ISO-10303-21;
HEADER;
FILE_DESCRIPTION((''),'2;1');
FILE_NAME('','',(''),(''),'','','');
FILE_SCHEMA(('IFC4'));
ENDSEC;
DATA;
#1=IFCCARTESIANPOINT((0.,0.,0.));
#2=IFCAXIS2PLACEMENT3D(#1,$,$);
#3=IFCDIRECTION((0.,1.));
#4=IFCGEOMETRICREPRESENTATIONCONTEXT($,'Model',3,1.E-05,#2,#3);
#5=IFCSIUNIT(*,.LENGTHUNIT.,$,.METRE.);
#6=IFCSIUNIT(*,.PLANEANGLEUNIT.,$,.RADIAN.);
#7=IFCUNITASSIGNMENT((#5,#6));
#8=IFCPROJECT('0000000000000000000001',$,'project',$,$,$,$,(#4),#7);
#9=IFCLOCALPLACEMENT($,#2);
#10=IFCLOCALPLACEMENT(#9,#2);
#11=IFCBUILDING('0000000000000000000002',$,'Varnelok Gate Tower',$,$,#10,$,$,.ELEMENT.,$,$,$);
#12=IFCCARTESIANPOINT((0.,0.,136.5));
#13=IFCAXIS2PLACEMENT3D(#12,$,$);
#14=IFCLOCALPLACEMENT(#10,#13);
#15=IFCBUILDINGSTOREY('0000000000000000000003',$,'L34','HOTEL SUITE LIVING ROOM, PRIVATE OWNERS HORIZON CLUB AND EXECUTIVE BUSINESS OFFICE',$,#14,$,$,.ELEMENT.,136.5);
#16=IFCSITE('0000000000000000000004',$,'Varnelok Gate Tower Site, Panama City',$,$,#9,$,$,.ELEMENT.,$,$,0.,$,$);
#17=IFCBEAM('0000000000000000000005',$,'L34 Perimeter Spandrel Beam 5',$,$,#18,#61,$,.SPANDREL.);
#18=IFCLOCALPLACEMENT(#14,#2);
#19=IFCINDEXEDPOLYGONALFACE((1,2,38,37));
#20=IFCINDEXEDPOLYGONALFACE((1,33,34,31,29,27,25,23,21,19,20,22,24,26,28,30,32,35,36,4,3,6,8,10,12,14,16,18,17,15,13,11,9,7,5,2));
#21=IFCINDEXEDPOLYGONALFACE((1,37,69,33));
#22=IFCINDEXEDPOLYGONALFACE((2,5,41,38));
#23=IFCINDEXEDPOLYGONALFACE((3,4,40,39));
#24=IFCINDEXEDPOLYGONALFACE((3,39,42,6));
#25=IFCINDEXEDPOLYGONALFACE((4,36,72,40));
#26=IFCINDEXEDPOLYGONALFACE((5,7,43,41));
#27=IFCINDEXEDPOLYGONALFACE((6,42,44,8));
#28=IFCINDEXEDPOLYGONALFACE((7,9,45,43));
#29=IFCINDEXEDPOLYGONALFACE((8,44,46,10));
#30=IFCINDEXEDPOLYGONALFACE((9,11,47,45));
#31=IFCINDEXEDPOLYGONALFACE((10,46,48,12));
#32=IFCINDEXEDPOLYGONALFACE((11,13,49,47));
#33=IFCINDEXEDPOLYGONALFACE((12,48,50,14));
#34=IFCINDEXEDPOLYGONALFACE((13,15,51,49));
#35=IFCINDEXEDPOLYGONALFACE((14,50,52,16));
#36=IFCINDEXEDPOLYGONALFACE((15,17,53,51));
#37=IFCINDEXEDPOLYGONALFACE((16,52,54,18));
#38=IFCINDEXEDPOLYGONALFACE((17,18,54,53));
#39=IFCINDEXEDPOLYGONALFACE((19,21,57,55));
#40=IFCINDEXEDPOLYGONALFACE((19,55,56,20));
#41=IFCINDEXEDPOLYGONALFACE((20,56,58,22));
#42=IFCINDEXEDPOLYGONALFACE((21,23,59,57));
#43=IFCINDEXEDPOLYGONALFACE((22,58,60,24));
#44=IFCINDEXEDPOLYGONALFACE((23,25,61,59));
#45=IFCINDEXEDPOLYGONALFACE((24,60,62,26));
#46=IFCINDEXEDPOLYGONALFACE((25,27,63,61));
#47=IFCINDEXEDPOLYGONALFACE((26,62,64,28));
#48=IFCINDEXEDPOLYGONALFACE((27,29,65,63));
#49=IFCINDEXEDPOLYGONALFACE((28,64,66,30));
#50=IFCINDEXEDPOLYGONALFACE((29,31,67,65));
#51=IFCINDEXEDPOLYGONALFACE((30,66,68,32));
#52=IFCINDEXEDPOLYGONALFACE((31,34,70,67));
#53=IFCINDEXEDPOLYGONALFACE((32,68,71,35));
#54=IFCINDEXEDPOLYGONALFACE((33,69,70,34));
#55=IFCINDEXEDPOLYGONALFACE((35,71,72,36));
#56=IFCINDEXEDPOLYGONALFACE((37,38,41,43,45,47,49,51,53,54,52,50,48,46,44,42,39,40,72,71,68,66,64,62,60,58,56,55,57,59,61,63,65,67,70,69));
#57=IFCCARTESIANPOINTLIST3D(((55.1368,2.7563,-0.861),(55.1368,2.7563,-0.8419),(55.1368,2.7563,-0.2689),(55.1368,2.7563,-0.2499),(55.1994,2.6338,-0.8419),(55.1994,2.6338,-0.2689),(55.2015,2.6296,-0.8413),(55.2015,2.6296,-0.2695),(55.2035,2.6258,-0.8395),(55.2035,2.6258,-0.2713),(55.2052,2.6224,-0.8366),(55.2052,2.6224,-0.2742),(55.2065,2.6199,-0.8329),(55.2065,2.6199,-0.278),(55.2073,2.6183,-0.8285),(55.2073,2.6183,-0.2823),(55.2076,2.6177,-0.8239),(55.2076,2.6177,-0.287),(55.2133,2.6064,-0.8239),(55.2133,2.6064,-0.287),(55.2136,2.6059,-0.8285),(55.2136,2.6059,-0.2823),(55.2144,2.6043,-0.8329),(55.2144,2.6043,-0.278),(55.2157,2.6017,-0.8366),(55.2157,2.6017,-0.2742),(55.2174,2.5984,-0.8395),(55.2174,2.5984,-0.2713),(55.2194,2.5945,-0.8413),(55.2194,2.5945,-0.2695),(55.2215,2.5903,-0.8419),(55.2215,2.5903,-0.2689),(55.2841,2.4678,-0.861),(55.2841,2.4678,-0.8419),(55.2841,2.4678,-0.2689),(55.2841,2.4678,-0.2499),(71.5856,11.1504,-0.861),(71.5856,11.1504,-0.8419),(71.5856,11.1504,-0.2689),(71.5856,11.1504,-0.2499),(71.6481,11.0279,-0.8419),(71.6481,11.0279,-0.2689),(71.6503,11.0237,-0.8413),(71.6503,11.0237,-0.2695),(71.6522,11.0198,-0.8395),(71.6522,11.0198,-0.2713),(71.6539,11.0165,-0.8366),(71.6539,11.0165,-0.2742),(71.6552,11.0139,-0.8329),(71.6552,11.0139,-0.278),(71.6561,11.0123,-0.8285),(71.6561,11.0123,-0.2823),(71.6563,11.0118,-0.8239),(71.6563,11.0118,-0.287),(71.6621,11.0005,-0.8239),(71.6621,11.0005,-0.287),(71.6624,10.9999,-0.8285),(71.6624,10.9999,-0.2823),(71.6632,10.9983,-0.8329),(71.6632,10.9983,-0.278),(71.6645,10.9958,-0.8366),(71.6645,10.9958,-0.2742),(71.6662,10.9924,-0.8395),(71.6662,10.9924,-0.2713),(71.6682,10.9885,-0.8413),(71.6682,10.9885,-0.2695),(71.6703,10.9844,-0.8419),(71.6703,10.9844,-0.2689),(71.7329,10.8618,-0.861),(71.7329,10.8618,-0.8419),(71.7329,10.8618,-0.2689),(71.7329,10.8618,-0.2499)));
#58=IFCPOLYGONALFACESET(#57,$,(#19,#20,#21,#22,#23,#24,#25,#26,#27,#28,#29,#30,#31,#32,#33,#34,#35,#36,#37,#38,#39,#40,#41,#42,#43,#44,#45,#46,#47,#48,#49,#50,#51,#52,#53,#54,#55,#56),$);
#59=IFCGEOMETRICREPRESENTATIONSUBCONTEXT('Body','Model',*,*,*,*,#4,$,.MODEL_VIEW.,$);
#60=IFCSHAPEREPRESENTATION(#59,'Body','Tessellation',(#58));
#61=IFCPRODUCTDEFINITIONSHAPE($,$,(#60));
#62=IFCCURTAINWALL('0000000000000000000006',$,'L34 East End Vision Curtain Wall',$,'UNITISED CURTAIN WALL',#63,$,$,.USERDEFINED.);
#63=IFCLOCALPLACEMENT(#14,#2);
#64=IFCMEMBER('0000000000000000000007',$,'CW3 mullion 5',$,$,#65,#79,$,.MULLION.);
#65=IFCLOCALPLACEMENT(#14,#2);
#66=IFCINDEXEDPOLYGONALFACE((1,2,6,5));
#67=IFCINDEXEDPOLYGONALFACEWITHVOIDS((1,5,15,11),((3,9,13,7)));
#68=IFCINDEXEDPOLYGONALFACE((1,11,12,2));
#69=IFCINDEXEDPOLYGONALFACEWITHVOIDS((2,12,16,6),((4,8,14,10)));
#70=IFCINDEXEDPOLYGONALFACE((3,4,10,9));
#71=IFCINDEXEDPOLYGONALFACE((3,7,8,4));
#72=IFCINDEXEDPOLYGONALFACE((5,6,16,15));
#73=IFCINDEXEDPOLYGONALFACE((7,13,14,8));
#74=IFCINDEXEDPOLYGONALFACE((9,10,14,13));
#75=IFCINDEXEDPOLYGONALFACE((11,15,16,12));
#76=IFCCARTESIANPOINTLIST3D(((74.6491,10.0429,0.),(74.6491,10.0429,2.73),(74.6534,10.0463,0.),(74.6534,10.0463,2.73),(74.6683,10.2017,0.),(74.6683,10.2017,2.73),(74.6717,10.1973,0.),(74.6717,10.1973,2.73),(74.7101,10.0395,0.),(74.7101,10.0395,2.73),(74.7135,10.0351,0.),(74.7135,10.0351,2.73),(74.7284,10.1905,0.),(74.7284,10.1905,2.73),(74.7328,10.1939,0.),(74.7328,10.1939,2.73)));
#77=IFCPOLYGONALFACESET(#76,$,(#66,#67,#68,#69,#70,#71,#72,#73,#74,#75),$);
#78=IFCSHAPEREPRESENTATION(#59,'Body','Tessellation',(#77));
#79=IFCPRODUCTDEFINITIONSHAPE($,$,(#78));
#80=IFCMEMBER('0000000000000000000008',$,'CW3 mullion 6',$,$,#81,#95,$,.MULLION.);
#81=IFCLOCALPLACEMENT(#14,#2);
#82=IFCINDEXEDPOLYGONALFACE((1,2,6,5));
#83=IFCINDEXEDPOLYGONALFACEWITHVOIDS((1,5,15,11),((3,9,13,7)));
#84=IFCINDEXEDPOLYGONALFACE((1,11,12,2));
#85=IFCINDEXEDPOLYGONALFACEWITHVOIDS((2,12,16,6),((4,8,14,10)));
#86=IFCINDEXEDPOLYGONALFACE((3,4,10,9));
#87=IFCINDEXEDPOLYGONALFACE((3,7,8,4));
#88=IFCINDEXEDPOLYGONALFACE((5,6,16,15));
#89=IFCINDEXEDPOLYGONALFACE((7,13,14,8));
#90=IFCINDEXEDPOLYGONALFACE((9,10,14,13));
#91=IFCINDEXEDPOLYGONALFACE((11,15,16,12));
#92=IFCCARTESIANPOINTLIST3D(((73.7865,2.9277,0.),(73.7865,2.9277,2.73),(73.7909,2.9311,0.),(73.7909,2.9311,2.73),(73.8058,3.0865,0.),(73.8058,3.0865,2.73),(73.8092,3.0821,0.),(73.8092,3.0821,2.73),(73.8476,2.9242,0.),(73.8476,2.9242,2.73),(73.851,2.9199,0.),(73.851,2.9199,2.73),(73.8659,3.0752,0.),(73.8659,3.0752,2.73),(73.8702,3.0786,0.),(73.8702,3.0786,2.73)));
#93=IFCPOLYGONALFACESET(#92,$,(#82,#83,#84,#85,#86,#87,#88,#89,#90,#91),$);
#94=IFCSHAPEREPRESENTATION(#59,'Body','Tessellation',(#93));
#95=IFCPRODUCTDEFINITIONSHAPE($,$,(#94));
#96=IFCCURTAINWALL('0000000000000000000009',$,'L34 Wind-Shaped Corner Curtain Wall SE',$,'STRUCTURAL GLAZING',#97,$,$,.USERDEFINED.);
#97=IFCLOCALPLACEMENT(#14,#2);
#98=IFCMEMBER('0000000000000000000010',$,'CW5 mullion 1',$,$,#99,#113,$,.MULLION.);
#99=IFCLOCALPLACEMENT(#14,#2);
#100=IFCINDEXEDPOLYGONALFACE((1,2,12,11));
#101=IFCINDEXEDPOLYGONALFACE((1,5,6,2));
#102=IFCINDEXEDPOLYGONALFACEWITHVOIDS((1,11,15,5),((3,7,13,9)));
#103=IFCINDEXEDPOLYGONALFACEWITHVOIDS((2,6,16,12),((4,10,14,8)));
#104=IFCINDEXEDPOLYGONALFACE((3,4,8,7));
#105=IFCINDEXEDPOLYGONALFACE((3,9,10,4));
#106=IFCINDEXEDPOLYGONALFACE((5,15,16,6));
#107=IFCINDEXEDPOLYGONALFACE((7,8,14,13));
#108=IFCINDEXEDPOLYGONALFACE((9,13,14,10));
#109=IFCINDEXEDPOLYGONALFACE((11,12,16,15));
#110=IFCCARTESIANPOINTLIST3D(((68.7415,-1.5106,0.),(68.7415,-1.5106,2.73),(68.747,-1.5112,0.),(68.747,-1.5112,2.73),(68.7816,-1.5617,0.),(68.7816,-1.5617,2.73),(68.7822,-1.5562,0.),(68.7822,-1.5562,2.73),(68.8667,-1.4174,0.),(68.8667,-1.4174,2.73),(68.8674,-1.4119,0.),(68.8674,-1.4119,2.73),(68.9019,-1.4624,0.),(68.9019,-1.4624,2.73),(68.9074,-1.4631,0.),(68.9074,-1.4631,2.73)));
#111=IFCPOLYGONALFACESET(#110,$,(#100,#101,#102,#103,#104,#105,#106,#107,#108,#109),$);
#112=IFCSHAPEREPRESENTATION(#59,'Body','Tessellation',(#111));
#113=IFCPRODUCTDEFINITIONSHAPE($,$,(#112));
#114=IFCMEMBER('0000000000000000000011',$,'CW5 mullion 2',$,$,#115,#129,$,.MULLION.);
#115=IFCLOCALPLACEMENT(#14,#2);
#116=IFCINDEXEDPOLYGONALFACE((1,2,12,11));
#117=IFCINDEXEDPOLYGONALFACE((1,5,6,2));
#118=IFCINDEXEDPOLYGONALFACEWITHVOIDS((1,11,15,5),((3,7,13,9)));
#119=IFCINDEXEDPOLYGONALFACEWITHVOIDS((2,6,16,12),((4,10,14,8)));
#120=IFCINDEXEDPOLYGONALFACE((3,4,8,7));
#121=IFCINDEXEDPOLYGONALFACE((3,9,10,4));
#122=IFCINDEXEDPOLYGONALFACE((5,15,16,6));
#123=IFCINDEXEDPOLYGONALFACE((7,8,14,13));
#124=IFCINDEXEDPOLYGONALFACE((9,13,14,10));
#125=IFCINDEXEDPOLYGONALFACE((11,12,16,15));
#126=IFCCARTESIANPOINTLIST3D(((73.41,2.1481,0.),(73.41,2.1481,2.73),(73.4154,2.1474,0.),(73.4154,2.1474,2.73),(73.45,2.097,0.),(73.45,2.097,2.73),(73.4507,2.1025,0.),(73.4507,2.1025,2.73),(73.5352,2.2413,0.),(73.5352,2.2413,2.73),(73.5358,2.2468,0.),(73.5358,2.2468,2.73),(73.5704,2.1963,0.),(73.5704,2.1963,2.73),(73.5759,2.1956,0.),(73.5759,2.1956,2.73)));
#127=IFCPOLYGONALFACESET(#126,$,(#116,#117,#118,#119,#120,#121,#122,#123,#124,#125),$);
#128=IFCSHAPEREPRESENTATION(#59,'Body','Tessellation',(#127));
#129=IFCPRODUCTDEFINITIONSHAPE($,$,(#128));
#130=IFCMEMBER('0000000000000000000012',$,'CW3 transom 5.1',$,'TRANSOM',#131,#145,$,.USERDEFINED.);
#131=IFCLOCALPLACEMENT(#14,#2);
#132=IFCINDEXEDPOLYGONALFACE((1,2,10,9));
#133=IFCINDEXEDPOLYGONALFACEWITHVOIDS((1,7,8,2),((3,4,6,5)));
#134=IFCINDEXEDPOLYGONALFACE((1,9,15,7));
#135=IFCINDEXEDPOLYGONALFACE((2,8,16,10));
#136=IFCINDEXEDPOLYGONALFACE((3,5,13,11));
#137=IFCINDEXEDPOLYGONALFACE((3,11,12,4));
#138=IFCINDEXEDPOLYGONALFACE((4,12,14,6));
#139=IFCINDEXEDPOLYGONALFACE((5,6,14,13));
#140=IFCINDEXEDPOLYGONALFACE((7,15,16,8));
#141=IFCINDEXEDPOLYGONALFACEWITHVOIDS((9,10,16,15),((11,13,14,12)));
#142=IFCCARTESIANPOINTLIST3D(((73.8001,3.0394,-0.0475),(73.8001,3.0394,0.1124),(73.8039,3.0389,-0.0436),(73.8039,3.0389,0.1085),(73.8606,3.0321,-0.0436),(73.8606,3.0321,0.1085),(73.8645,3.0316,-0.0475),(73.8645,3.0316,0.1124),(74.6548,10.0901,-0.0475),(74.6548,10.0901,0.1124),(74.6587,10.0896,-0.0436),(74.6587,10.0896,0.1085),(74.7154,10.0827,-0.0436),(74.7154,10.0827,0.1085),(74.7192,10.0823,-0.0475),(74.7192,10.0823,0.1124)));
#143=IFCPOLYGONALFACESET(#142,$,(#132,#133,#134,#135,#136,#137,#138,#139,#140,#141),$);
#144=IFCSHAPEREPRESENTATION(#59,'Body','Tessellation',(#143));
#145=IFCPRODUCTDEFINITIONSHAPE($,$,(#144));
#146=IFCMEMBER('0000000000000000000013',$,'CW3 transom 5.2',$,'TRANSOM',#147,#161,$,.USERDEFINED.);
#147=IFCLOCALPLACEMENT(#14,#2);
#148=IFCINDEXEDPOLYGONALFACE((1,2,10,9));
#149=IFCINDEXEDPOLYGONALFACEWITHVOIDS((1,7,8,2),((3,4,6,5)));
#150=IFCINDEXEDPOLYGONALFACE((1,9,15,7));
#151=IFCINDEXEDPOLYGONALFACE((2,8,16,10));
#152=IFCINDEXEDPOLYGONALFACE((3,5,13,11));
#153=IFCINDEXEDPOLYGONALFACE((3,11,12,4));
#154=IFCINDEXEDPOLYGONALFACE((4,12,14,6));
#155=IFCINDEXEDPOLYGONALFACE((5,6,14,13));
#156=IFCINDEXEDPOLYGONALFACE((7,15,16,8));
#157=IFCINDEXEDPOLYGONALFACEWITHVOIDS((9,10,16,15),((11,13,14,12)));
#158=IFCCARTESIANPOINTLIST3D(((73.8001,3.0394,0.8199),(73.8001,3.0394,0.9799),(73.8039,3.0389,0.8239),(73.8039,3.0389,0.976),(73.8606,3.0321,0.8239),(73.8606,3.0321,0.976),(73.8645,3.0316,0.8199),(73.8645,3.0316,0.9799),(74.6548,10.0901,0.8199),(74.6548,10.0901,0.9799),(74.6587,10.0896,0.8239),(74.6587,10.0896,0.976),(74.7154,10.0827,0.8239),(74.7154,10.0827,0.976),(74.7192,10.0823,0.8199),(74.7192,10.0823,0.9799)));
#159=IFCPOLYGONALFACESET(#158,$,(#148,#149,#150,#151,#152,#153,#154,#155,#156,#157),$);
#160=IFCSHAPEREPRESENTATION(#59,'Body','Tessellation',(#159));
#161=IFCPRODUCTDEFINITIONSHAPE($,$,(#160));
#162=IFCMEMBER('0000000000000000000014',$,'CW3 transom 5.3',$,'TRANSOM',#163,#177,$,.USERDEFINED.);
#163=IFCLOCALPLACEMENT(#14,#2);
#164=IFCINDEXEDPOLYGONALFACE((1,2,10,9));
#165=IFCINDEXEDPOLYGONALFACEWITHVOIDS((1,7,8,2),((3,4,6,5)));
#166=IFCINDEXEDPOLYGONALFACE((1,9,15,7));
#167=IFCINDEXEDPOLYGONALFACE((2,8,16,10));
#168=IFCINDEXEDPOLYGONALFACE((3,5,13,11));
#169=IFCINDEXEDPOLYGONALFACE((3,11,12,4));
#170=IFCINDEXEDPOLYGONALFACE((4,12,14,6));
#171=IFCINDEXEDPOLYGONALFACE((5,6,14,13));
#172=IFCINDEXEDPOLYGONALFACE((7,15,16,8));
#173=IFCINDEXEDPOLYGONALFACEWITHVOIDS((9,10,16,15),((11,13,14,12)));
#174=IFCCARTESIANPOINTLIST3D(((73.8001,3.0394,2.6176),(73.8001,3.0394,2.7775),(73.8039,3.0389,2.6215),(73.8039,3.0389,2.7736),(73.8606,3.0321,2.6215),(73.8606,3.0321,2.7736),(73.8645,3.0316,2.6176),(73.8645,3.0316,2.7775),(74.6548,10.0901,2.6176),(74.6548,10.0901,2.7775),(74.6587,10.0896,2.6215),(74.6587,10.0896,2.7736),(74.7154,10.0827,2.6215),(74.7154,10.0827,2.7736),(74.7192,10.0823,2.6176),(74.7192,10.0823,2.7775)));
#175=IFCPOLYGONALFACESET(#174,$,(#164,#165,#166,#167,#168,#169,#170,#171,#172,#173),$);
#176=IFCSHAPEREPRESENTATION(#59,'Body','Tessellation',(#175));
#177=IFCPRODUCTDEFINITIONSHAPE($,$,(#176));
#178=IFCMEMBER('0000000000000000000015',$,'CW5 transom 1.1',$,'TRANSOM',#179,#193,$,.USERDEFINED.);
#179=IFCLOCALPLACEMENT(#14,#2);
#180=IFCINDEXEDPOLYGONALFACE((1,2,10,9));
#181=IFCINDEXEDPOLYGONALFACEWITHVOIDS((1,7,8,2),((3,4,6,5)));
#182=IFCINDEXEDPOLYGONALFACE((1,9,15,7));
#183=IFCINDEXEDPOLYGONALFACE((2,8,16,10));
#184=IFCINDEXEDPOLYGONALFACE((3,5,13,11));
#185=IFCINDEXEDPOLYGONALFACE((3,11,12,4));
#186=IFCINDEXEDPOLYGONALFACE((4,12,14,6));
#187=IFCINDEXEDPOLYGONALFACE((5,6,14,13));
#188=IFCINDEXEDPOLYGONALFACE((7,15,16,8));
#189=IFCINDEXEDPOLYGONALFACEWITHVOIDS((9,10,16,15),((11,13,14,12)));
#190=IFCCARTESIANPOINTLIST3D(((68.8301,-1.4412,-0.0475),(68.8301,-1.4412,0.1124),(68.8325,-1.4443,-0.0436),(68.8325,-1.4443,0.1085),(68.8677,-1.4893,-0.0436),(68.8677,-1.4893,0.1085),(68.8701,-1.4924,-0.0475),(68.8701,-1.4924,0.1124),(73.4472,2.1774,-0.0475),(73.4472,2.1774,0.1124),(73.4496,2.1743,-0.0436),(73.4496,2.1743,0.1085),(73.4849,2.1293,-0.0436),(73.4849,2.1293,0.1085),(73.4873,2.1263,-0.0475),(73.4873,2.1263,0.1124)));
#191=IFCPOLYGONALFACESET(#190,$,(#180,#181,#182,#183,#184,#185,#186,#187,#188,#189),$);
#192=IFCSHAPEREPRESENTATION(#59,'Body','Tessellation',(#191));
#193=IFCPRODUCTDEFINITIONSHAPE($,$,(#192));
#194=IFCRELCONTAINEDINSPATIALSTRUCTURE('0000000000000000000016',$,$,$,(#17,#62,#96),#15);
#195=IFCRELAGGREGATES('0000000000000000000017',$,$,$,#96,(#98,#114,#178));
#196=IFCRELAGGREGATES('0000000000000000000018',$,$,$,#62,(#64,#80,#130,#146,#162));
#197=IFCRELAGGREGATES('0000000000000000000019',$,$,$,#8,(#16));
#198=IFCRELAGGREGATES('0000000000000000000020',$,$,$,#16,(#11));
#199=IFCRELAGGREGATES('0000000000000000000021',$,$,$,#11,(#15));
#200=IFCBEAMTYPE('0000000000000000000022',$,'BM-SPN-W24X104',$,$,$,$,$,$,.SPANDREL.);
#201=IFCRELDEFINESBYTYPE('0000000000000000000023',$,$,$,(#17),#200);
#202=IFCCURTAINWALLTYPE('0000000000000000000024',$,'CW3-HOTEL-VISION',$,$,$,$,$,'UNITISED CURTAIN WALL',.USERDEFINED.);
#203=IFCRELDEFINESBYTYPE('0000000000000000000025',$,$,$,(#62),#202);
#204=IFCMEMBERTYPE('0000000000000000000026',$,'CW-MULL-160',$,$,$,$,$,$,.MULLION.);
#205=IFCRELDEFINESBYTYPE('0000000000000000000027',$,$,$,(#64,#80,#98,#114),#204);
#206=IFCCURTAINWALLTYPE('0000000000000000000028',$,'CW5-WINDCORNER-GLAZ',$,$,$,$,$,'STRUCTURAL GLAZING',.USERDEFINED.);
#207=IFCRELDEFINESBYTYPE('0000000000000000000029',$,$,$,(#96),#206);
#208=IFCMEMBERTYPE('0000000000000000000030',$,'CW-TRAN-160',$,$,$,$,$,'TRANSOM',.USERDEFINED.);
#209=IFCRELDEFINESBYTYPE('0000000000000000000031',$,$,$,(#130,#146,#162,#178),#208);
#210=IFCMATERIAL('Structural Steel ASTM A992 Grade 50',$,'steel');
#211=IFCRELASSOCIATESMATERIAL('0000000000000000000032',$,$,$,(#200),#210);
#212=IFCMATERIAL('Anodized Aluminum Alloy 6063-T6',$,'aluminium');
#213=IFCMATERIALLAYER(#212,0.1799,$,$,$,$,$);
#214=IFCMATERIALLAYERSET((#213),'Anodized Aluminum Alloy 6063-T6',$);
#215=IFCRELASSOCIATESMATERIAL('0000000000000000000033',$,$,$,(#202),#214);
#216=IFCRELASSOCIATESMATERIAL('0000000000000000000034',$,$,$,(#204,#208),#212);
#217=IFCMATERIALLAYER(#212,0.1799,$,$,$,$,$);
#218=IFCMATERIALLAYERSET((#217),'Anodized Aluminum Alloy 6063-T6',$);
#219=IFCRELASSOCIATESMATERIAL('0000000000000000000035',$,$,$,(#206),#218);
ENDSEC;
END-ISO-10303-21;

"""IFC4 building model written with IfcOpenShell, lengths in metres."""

from ifc_helpers import new_model, si_unit, direction, frame, origin, origin_2d, place, context, subcontext, project, spatial, hollow_rectangle, i_section, extrude, material, layer, layer_set, material_profile, profile_set, type_object, element, aggregate, save


model = new_model("IFC4")

# Units and contexts
model_context = context("Model", 3, precision=1e-05, world=origin(), true_north=direction((0.0, 1.0)))
body_context = subcontext(model_context, "Body", "Model", "MODEL_VIEW")
ifc_project = project(units=[si_unit("LENGTHUNIT", "METRE"), si_unit("PLANEANGLEUNIT", "RADIAN")], contexts=[model_context])

# Site, building, storey
site_placement = place(None, origin())
site = spatial("IfcSite", under=ifc_project, at=site_placement, Name="Varnelok Gate Tower Site, Panama City", CompositionType="ELEMENT", RefElevation=0.0)
building_placement = place(site_placement, origin())
building = spatial("IfcBuilding", under=site, at=building_placement, Name="Varnelok Gate Tower", CompositionType="ELEMENT")
storey_placement = place(building_placement, frame((0.0, 0.0, 136.5)))
storey = spatial("IfcBuildingStorey", under=building, at=storey_placement, Name="L34", Description="HOTEL SUITE LIVING ROOM, PRIVATE OWNERS HORIZON CLUB AND EXECUTIVE BUSINESS OFFICE", CompositionType="ELEMENT", Elevation=136.5)

# Beam
ifc_material_1 = material(Name="Structural Steel ASTM A992 Grade 50", Category="steel")
ifc_material_profile_1 = material_profile(ifc_material_1, i_section(OverallWidth=0.324, OverallDepth=0.6111, WebThickness=0.0127, FlangeThickness=0.019, FilletRadius=0.0181, at=origin_2d()), Name="W24X104")
ifc_profile_set_1 = profile_set([ifc_material_profile_1], Name="Structural Steel ASTM A992 Grade 50")
beam_type = type_object("IfcBeamType", Name="BM-SPN-W24X104", PredefinedType="SPANDREL", material=ifc_profile_set_1)
beam_placement = place(storey_placement, frame((55.2104, 2.6121, -0.5554), z_axis=(0.890722, 0.454549, 0.0), x_axis=(-0.454549, 0.890722, 0.0)))
element("IfcBeam", 1, at=beam_placement, inside=storey, type_object=beam_type, Name="L34 Perimeter Spandrel Beam 5", PredefinedType="SPANDREL", context=body_context, shape_type="SweptSolid", body=[
    extrude(i_section(OverallWidth=0.324, OverallDepth=0.6111, WebThickness=0.0127, FlangeThickness=0.019, FilletRadius=0.0181, at=origin_2d()), origin(), (0.0, 0.0, 1.0), 18.4668),
])

# Curtain walls, members
ifc_material_2 = material(Name="Anodized Aluminum Alloy 6063-T6", Category="aluminium")
ifc_layer_1 = layer(ifc_material_2, 0.1799)
ifc_layer_set_1 = layer_set([ifc_layer_1], Name="Anodized Aluminum Alloy 6063-T6")
curtain_wall_type_1 = type_object("IfcCurtainWallType", Name="CW3-HOTEL-VISION", ElementType="UNITISED CURTAIN WALL", PredefinedType="USERDEFINED", material=ifc_layer_set_1)
curtain_wall_1_placement = place(storey_placement, origin())
curtain_wall_1 = element("IfcCurtainWall", 2, at=curtain_wall_1_placement, inside=storey, type_object=curtain_wall_type_1, Name="L34 East End Vision Curtain Wall", ObjectType="UNITISED CURTAIN WALL", PredefinedType="USERDEFINED")
ifc_material_profile_2 = material_profile(ifc_material_2, hollow_rectangle(XDim=0.0649, YDim=0.1599, WallThickness=0.0039, at=origin_2d()), Name="ALU160X65X4")
ifc_profile_set_2 = profile_set([ifc_material_profile_2], Name="Anodized Aluminum Alloy 6063-T6")
member_type_1 = type_object("IfcMemberType", Name="CW-MULL-160", PredefinedType="MULLION", material=ifc_profile_set_2)
member_1_placement = place(storey_placement, frame((74.6909, 10.1184, 0.0), z_axis=(0.0, 0.0, 1.0), x_axis=(0.992732, -0.120347, 0.0)))
member_1 = element("IfcMember", 3, at=member_1_placement, type_object=member_type_1, Name="CW3 mullion 5", PredefinedType="MULLION", context=body_context, shape_type="SweptSolid", body=[
    extrude(hollow_rectangle(XDim=0.0649, YDim=0.1599, WallThickness=0.0039, at=origin_2d()), origin(), (0.0, 0.0, 1.0), 2.73),
])
member_2_placement = place(storey_placement, frame((73.8284, 3.0032, 0.0), z_axis=(0.0, 0.0, 1.0), x_axis=(0.992732, -0.120347, 0.0)))
member_2 = element("IfcMember", 4, at=member_2_placement, type_object=member_type_1, Name="CW3 mullion 6", PredefinedType="MULLION", context=body_context, shape_type="SweptSolid", body=[
    extrude(hollow_rectangle(XDim=0.0649, YDim=0.1599, WallThickness=0.0039, at=origin_2d()), origin(), (0.0, 0.0, 1.0), 2.73),
])
ifc_layer_2 = layer(ifc_material_2, 0.1799)
ifc_layer_set_2 = layer_set([ifc_layer_2], Name="Anodized Aluminum Alloy 6063-T6")
curtain_wall_type_2 = type_object("IfcCurtainWallType", Name="CW5-WINDCORNER-GLAZ", ElementType="STRUCTURAL GLAZING", PredefinedType="USERDEFINED", material=ifc_layer_set_2)
curtain_wall_2_placement = place(storey_placement, origin())
curtain_wall_2 = element("IfcCurtainWall", 5, at=curtain_wall_2_placement, inside=storey, type_object=curtain_wall_type_2, Name="L34 Wind-Shaped Corner Curtain Wall SE", ObjectType="STRUCTURAL GLAZING", PredefinedType="USERDEFINED")
member_3_placement = place(storey_placement, frame((68.8245, -1.4868, 0.0), z_axis=(0.0, 0.0, 1.0), x_axis=(-0.616864, 0.787069, 0.0)))
member_3 = element("IfcMember", 6, at=member_3_placement, type_object=member_type_1, Name="CW5 mullion 1", PredefinedType="MULLION", context=body_context, shape_type="SweptSolid", body=[
    extrude(hollow_rectangle(XDim=0.0649, YDim=0.1599, WallThickness=0.0039, at=origin_2d()), origin(), (0.0, 0.0, 1.0), 2.73),
])
member_4_placement = place(storey_placement, frame((73.4929, 2.1719, 0.0), z_axis=(0.0, 0.0, 1.0), x_axis=(-0.616864, 0.787069, 0.0)))
member_4 = element("IfcMember", 7, at=member_4_placement, type_object=member_type_1, Name="CW5 mullion 2", PredefinedType="MULLION", context=body_context, shape_type="SweptSolid", body=[
    extrude(hollow_rectangle(XDim=0.0649, YDim=0.1599, WallThickness=0.0039, at=origin_2d()), origin(), (0.0, 0.0, 1.0), 2.73),
])

# Members
ifc_material_profile_3 = material_profile(ifc_material_2, hollow_rectangle(XDim=0.0649, YDim=0.1599, WallThickness=0.0039, at=origin_2d()), Name="ALU160X65X4")
ifc_profile_set_3 = profile_set([ifc_material_profile_3], Name="Anodized Aluminum Alloy 6063-T6")
member_type_2 = type_object("IfcMemberType", Name="CW-TRAN-160", ElementType="TRANSOM", PredefinedType="USERDEFINED", material=ifc_profile_set_3)
member_5_placement = place(storey_placement, frame((74.687, 10.0862, 0.0325), z_axis=(-0.120345, -0.992732, 0.0), x_axis=(0.992732, -0.120345, 0.0)))
member_5 = element("IfcMember", 8, at=member_5_placement, type_object=member_type_2, Name="CW3 transom 5.1", ObjectType="TRANSOM", PredefinedType="USERDEFINED", context=body_context, shape_type="SweptSolid", body=[
    extrude(hollow_rectangle(XDim=0.0649, YDim=0.1599, WallThickness=0.0039, at=origin_2d()), origin(), (0.0, 0.0, 1.0), 7.1023),
])
member_6_placement = place(storey_placement, frame((74.687, 10.0862, 0.8999), z_axis=(-0.120345, -0.992732, 0.0), x_axis=(0.992732, -0.120345, 0.0)))
member_6 = element("IfcMember", 9, at=member_6_placement, type_object=member_type_2, Name="CW3 transom 5.2", ObjectType="TRANSOM", PredefinedType="USERDEFINED", context=body_context, shape_type="SweptSolid", body=[
    extrude(hollow_rectangle(XDim=0.0649, YDim=0.1599, WallThickness=0.0039, at=origin_2d()), origin(), (0.0, 0.0, 1.0), 7.1023),
])
member_7_placement = place(storey_placement, frame((74.687, 10.0862, 2.6975), z_axis=(-0.120345, -0.992732, 0.0), x_axis=(0.992732, -0.120345, 0.0)))
member_7 = element("IfcMember", 10, at=member_7_placement, type_object=member_type_2, Name="CW3 transom 5.3", ObjectType="TRANSOM", PredefinedType="USERDEFINED", context=body_context, shape_type="SweptSolid", body=[
    extrude(hollow_rectangle(XDim=0.0649, YDim=0.1599, WallThickness=0.0039, at=origin_2d()), origin(), (0.0, 0.0, 1.0), 7.1023),
])
member_8_placement = place(storey_placement, frame((68.8501, -1.4668, 0.0325), z_axis=(0.787074, 0.616858, 0.0), x_axis=(-0.616858, 0.787074, 0.0)))
member_8 = element("IfcMember", 11, at=member_8_placement, type_object=member_type_2, Name="CW5 transom 1.1", ObjectType="TRANSOM", PredefinedType="USERDEFINED", context=body_context, shape_type="SweptSolid", body=[
    extrude(hollow_rectangle(XDim=0.0649, YDim=0.1599, WallThickness=0.0039, at=origin_2d()), origin(), (0.0, 0.0, 1.0), 5.8662),
])

aggregate(curtain_wall_2, [member_3, member_4, member_8])
aggregate(curtain_wall_1, [member_1, member_2, member_5, member_6, member_7])

save(model, "model.ifc")
